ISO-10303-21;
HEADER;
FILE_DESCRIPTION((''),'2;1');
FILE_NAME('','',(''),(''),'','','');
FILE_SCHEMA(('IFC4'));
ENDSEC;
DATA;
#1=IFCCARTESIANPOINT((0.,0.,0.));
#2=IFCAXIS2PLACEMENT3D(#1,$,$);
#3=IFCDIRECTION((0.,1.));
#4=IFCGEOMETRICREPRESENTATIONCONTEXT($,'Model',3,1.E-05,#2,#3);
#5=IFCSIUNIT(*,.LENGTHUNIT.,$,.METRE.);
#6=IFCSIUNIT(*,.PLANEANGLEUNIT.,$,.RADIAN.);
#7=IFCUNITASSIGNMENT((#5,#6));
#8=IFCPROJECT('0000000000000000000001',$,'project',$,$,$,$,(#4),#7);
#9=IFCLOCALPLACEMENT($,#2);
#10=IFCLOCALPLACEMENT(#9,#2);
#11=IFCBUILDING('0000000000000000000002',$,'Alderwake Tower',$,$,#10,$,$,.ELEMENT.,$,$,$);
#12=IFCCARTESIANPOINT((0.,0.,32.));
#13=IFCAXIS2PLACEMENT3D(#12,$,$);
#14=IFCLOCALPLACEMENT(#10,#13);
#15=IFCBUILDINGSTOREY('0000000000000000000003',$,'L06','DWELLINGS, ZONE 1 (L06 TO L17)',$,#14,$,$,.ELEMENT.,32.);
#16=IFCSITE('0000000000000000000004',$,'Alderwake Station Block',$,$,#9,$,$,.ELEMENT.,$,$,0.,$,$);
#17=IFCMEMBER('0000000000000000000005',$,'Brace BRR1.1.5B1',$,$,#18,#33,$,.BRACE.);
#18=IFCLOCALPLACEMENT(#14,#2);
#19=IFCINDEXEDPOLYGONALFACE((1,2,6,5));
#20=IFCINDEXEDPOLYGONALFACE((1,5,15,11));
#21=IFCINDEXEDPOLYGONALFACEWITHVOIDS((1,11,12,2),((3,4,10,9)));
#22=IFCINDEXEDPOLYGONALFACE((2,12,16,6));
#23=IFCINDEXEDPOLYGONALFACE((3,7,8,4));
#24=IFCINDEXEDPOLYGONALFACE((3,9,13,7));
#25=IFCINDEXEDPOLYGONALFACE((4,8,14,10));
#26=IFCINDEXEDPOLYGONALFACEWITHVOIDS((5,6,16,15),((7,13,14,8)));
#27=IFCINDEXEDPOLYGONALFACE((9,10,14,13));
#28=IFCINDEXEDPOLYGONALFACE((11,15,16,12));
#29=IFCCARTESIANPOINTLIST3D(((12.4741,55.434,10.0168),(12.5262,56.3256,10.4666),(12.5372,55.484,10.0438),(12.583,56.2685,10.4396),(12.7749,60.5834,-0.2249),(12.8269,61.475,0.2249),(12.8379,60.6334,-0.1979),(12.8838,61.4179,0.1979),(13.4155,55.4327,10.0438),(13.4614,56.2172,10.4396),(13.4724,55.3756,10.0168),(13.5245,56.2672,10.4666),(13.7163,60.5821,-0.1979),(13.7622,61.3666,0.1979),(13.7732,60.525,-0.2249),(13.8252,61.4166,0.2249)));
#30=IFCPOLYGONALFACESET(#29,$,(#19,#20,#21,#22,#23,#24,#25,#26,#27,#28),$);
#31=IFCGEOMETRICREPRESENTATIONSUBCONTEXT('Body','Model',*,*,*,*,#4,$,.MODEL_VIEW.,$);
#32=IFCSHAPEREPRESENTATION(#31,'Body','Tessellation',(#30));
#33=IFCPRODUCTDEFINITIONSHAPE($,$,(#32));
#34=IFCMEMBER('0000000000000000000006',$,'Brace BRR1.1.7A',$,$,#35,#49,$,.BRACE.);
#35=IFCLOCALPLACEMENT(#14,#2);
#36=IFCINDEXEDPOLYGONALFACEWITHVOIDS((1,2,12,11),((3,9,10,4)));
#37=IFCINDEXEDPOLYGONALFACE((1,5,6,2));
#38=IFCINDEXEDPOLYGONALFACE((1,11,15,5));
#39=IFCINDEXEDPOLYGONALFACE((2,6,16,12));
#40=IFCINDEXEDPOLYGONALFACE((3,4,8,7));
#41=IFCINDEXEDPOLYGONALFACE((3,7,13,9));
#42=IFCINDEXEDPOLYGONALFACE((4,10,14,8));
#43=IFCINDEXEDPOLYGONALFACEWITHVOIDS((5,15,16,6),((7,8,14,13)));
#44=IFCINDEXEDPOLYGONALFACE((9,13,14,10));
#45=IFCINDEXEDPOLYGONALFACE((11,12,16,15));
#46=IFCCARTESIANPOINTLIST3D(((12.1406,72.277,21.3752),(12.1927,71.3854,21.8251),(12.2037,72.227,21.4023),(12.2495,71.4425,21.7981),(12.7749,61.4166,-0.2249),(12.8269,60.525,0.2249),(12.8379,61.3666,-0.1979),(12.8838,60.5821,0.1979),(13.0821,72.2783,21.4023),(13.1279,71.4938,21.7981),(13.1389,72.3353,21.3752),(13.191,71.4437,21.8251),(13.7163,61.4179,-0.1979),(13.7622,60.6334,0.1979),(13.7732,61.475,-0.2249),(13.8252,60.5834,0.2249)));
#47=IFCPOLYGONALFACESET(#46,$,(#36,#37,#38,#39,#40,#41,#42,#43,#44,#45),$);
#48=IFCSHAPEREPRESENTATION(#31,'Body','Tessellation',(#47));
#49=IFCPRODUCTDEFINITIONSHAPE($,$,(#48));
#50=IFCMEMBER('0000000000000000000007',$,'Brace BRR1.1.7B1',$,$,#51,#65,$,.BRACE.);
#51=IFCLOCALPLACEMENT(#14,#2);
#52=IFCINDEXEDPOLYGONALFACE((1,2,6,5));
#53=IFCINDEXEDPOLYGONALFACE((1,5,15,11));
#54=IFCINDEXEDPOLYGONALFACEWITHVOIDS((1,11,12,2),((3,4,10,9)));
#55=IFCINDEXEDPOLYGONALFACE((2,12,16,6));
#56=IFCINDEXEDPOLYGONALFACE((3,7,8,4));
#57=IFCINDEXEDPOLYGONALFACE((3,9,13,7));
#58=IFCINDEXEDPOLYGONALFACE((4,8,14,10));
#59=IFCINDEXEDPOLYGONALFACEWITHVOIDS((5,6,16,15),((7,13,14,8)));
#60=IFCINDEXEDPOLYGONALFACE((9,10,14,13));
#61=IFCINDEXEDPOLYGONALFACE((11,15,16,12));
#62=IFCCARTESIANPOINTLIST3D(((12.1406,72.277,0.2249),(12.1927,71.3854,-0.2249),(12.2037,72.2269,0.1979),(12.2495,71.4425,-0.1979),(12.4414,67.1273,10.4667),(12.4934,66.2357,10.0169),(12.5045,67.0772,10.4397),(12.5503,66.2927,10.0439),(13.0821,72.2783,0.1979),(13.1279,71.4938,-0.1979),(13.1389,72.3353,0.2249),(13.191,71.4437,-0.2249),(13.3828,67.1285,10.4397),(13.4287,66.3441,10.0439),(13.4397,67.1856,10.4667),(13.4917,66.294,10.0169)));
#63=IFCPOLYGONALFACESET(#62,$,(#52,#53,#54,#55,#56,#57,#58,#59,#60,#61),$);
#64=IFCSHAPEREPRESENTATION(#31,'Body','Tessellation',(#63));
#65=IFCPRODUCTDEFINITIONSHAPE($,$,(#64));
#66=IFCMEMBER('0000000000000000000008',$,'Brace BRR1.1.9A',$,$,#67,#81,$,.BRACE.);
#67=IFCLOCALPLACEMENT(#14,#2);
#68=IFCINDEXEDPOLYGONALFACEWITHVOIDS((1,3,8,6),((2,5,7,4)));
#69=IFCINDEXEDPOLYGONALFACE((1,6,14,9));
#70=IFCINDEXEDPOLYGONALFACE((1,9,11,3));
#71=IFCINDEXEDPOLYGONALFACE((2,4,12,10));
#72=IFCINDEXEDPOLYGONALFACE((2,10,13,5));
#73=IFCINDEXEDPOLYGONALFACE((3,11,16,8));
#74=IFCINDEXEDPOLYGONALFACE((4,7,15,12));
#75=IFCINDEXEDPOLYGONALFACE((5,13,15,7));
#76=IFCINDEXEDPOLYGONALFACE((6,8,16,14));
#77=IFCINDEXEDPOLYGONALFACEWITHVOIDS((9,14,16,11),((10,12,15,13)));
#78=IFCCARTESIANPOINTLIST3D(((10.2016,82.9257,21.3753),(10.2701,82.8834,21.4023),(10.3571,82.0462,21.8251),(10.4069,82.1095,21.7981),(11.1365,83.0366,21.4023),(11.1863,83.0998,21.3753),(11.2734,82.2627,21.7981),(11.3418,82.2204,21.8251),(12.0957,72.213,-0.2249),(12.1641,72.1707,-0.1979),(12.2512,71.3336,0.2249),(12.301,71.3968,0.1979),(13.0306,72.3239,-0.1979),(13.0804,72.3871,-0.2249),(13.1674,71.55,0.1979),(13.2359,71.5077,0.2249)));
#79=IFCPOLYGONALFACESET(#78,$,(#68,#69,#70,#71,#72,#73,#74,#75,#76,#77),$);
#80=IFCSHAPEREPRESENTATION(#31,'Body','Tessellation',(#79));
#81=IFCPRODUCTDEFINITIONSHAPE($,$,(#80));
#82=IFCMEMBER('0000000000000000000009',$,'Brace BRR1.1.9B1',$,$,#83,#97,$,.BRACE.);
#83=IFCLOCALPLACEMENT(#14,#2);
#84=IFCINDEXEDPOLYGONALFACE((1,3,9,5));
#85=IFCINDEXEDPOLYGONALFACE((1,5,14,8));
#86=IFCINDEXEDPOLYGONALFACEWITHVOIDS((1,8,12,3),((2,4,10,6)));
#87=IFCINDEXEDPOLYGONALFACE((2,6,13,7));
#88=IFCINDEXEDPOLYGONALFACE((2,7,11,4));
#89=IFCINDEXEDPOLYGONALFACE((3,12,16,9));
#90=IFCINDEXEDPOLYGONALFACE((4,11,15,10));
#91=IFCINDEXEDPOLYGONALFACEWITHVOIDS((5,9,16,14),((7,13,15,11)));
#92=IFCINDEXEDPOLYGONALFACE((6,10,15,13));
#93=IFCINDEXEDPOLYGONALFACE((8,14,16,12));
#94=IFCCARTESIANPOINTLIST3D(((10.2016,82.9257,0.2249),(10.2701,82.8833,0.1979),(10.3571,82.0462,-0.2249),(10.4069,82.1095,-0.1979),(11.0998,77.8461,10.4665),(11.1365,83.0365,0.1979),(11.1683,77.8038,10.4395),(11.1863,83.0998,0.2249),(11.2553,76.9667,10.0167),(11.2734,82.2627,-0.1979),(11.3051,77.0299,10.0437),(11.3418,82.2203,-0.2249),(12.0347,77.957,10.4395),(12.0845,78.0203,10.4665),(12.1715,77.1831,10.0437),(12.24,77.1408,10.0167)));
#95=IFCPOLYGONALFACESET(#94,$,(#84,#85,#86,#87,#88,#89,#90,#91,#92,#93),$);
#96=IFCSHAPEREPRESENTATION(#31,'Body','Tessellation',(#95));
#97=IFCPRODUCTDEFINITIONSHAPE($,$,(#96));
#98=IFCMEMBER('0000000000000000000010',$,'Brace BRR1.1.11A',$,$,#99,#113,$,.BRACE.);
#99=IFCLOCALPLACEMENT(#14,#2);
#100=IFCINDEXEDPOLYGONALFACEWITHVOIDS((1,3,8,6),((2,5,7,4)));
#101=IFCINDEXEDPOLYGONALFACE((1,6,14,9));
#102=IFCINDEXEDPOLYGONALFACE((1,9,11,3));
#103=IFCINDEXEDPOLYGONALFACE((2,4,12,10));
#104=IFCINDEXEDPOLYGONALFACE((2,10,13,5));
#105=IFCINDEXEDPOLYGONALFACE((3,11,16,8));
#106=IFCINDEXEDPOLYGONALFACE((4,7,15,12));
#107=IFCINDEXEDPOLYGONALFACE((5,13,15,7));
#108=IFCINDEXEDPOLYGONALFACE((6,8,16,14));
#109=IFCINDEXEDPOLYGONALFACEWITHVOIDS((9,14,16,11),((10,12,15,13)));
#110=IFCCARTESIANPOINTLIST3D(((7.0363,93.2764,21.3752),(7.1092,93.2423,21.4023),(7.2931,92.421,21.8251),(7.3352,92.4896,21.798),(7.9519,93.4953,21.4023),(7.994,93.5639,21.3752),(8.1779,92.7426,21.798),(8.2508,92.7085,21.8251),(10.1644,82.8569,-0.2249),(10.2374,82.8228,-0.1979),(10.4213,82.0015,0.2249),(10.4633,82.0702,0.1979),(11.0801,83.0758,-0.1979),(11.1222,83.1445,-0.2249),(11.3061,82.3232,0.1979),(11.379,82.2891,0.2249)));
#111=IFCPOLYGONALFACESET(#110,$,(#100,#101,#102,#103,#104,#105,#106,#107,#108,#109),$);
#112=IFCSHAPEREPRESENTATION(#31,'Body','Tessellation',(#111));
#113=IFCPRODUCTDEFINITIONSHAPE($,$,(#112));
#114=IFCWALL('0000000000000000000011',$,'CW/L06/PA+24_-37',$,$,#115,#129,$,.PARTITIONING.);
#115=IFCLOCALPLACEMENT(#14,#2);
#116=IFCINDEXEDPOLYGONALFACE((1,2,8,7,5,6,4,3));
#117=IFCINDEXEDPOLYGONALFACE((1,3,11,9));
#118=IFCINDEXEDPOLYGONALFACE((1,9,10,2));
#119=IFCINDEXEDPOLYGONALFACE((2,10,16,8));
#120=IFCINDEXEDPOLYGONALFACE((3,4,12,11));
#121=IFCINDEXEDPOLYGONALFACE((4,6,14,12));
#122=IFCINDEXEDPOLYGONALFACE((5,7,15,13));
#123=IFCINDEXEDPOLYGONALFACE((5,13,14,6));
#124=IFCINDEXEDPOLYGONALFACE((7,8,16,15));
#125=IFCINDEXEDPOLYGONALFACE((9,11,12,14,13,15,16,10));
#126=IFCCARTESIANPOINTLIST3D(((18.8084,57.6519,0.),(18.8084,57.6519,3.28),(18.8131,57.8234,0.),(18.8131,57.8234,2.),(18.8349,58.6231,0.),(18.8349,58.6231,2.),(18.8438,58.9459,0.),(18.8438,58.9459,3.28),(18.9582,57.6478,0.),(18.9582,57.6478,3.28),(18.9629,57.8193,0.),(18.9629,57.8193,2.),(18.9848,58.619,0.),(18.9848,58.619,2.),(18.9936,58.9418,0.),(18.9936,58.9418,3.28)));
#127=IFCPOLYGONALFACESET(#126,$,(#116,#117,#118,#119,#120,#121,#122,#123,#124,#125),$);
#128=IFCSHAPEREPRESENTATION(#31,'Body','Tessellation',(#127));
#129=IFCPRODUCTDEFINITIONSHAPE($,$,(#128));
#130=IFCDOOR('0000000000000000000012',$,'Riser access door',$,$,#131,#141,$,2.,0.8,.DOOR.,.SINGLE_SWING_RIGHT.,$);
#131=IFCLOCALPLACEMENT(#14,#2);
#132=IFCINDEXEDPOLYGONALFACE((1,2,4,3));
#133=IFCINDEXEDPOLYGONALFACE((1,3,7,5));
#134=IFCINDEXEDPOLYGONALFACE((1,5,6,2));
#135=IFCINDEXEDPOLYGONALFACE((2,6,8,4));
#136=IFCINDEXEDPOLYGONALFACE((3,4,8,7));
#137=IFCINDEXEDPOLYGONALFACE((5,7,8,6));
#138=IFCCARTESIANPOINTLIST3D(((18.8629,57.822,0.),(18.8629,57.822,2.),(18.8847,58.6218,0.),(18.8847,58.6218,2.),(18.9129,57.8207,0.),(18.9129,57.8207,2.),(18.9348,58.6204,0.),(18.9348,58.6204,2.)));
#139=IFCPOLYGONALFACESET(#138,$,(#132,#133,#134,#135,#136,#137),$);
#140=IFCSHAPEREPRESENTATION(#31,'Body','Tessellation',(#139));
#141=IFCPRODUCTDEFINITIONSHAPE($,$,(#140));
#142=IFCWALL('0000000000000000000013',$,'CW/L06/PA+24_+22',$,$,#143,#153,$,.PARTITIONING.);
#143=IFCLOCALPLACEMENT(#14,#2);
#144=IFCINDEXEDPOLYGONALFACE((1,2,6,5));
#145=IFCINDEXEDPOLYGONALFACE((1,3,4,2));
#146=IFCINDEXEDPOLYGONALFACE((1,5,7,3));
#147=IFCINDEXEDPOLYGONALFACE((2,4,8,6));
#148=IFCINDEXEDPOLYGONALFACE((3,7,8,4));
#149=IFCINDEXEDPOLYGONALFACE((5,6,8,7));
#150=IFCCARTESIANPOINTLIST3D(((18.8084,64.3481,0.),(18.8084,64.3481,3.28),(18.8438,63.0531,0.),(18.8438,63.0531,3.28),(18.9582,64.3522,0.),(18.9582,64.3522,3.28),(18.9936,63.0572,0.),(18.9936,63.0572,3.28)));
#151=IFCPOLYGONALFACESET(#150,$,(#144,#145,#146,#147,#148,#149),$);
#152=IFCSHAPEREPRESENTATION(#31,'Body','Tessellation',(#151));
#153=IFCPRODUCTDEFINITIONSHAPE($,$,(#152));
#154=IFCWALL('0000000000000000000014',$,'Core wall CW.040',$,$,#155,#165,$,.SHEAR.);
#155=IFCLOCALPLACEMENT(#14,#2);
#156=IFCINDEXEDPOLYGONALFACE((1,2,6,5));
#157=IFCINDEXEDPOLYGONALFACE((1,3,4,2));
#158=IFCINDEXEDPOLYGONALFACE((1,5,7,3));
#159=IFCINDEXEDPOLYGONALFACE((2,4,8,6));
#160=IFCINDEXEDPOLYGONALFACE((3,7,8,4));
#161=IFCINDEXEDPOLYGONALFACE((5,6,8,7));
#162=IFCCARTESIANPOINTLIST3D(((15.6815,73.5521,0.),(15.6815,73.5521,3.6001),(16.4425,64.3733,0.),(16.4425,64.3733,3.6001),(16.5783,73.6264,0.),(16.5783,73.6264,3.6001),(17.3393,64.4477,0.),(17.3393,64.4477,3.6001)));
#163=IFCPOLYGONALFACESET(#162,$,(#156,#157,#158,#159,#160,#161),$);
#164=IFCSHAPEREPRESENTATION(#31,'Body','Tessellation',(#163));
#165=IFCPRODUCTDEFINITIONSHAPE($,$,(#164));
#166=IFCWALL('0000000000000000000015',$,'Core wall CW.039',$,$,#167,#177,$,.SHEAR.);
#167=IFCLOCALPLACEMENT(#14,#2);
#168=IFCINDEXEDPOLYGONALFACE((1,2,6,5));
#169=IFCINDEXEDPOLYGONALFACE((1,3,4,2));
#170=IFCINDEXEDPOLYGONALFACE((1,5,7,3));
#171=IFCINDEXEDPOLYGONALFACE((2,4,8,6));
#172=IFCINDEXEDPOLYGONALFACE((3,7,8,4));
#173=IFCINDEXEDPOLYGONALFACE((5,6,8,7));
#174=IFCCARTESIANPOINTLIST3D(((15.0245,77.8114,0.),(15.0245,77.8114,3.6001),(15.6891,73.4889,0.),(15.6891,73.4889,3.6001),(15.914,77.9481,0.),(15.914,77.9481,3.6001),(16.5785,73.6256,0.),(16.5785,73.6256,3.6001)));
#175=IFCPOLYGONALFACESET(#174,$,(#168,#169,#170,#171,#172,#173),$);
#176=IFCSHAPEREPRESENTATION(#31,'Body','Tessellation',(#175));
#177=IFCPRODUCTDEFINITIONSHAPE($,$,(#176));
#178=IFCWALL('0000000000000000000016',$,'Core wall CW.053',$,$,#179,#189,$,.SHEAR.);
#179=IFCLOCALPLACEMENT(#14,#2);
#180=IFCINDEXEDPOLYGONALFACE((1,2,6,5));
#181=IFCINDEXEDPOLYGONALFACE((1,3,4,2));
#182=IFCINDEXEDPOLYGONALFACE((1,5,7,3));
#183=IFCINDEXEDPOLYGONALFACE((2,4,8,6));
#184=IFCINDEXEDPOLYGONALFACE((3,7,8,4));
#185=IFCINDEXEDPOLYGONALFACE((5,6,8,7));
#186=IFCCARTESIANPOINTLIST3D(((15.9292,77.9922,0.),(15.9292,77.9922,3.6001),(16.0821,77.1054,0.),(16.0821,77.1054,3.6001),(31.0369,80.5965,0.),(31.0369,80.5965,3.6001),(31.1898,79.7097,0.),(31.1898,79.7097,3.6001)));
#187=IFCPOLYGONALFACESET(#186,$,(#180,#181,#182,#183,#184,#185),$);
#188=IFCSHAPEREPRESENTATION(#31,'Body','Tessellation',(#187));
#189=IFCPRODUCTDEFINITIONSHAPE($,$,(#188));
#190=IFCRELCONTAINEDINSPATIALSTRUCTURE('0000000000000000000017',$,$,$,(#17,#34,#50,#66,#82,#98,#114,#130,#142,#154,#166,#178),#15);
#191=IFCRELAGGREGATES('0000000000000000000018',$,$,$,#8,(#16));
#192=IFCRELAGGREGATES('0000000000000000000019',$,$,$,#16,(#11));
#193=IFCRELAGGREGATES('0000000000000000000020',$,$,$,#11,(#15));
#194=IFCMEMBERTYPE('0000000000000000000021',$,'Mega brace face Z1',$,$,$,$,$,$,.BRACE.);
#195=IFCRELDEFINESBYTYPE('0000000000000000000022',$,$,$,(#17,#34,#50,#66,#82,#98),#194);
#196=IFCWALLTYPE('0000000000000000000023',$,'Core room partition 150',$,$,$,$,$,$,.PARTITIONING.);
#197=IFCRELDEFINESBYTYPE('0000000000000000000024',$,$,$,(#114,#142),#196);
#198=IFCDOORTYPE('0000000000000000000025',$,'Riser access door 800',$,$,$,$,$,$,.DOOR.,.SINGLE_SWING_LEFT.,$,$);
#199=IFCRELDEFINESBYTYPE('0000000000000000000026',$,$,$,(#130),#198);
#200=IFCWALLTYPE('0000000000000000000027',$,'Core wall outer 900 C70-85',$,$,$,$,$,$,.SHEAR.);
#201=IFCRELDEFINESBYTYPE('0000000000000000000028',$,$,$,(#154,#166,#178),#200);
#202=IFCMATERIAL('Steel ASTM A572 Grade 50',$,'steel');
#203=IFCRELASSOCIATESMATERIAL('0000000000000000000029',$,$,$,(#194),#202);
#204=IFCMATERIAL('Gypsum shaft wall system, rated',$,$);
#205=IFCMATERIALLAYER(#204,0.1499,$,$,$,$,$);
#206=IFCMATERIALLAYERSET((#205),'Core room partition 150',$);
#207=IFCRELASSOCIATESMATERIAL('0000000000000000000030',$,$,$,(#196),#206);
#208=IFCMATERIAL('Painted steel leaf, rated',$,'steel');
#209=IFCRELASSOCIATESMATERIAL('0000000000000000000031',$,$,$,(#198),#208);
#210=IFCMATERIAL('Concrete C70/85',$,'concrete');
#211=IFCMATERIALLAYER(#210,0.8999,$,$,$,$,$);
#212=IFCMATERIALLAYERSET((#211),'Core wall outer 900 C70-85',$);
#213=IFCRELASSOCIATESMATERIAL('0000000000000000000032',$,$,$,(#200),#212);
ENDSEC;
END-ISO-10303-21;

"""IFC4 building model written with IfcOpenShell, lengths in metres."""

from ifc_helpers import new_model, si_unit, direction, frame, frame_2d, origin, origin_2d, place, context, subcontext, project, spatial, rectangle, hollow_rectangle, extrude, material, layer, layer_set, material_profile, profile_set, type_object, element, fill, save


model = new_model("IFC4")

# Units and contexts
model_context = context("Model", 3, precision=1e-05, world=origin(), true_north=direction((0.0, 1.0)))
body_context = subcontext(model_context, "Body", "Model", "MODEL_VIEW")
ifc_project = project(units=[si_unit("LENGTHUNIT", "METRE"), si_unit("PLANEANGLEUNIT", "RADIAN")], contexts=[model_context])

# Site, building, storey
site_placement = place(None, origin())
site = spatial("IfcSite", under=ifc_project, at=site_placement, Name="Alderwake Station Block", CompositionType="ELEMENT", RefElevation=0.0)
building_placement = place(site_placement, origin())
building = spatial("IfcBuilding", under=site, at=building_placement, Name="Alderwake Tower", CompositionType="ELEMENT")
storey_placement = place(building_placement, frame((0.0, 0.0, 32.0)))
storey = spatial("IfcBuildingStorey", under=building, at=storey_placement, Name="L06", Description="DWELLINGS, ZONE 1 (L06 TO L17)", CompositionType="ELEMENT", Elevation=32.0)

# Members
ifc_material_1 = material(Name="Steel ASTM A572 Grade 50", Category="steel")
ifc_material_profile_1 = material_profile(ifc_material_1, hollow_rectangle(XDim=1.0, YDim=1.0, WallThickness=0.0601, at=origin_2d()), Name="BOX 1000X1000X60")
ifc_profile_set_1 = profile_set([ifc_material_profile_1], Name="Steel ASTM A572 Grade 50")
member_type = type_object("IfcMemberType", Name="Mega brace face Z1", PredefinedType="BRACE", material=ifc_profile_set_1)
member_1_placement = place(storey_placement, frame((13.3, 61.0, 0.0), z_axis=(-0.026229, -0.449051, 0.893121), x_axis=(0.998298, -0.058311, 0.0)))
element("IfcMember", 1, at=member_1_placement, inside=storey, type_object=member_type, Name="Brace BRR1.1.5B1", PredefinedType="BRACE", context=body_context, shape_type="SweptSolid", body=[
    extrude(hollow_rectangle(XDim=1.0, YDim=1.0, WallThickness=0.0601, at=origin_2d()), origin(), (0.0, 0.0, 1.0), 11.4673),
])
member_2_placement = place(storey_placement, frame((13.3, 61.0, 0.0), z_axis=(-0.026226, 0.449053, 0.89312), x_axis=(-0.998299, -0.058304, 0.0)))
element("IfcMember", 2, at=member_2_placement, inside=storey, type_object=member_type, Name="Brace BRR1.1.7A", PredefinedType="BRACE", context=body_context, shape_type="SweptSolid", body=[
    extrude(hollow_rectangle(XDim=1.0, YDim=1.0, WallThickness=0.0601, at=origin_2d()), origin(), (0.0, 0.0, 1.0), 24.1851),
])
member_3_placement = place(storey_placement, frame((12.6658, 71.8604, 0.0), z_axis=(0.026229, -0.449068, 0.893112), x_axis=(0.998299, 0.058309, 0.0)))
element("IfcMember", 3, at=member_3_placement, inside=storey, type_object=member_type, Name="Brace BRR1.1.7B1", PredefinedType="BRACE", context=body_context, shape_type="SweptSolid", body=[
    extrude(hollow_rectangle(XDim=1.0, YDim=1.0, WallThickness=0.0601, at=origin_2d()), origin(), (0.0, 0.0, 1.0), 11.4675),
])
member_4_placement = place(storey_placement, frame((12.6658, 71.8604, 0.0), z_axis=(-0.078315, 0.442947, 0.893121), x_axis=(-0.984727, -0.174104, 0.0)))
element("IfcMember", 4, at=member_4_placement, inside=storey, type_object=member_type, Name="Brace BRR1.1.9A", PredefinedType="BRACE", context=body_context, shape_type="SweptSolid", body=[
    extrude(hollow_rectangle(XDim=1.0, YDim=1.0, WallThickness=0.0601, at=origin_2d()), origin(), (0.0, 0.0, 1.0), 24.1851),
])
member_5_placement = place(storey_placement, frame((10.7717, 82.573, 0.0), z_axis=(0.078326, -0.442959, 0.893114), x_axis=(0.984724, 0.174123, 0.0)))
element("IfcMember", 5, at=member_5_placement, inside=storey, type_object=member_type, Name="Brace BRR1.1.9B1", PredefinedType="BRACE", context=body_context, shape_type="SweptSolid", body=[
    extrude(hollow_rectangle(XDim=1.0, YDim=1.0, WallThickness=0.0601, at=origin_2d()), origin(), (0.0, 0.0, 1.0), 11.4673),
])
member_6_placement = place(storey_placement, frame((10.7717, 82.573, 0.0), z_axis=(-0.129344, 0.430822, 0.89312), x_axis=(-0.957767, -0.287546, 0.0)))
element("IfcMember", 6, at=member_6_placement, inside=storey, type_object=member_type, Name="Brace BRR1.1.11A", PredefinedType="BRACE", context=body_context, shape_type="SweptSolid", body=[
    extrude(hollow_rectangle(XDim=1.0, YDim=1.0, WallThickness=0.0601, at=origin_2d()), origin(), (0.0, 0.0, 1.0), 24.1851),
])

# Wall, opening, door
ifc_material_2 = material(Name="Gypsum shaft wall system, rated")
ifc_layer_1 = layer(ifc_material_2, 0.1499)
ifc_layer_set_1 = layer_set([ifc_layer_1], Name="Core room partition 150")
wall_type_1 = type_object("IfcWallType", Name="Core room partition 150", PredefinedType="PARTITIONING", material=ifc_layer_set_1)
wall_1_placement = place(storey_placement, frame((18.9187, 58.9438, 0.0), z_axis=(0.0, 0.0, 1.0), x_axis=(-0.027348, -0.999626, 0.0)))
wall_1 = element("IfcWall", 7, at=wall_1_placement, inside=storey, type_object=wall_type_1, Name="CW/L06/PA+24_-37", PredefinedType="PARTITIONING", context=body_context, shape_type="SweptSolid", body=[
    extrude(rectangle(XDim=1.2944, YDim=0.1499, at=frame_2d((0.6472, 0.0))), origin(), (0.0, 0.0, 1.0), 3.28),
])
opening_1_placement = place(wall_1_placement, frame((0.323, 0.0, 0.0)))
opening_1 = element("IfcOpeningElement", 8, at=opening_1_placement, cuts=wall_1, PredefinedType="OPENING", context=body_context, shape_type="SweptSolid", body=[
    extrude(rectangle(XDim=0.8, YDim=2.0, at=frame_2d((0.3999, 1.0))), frame((0.0, 0.085, 0.0), z_axis=(0.0, -1.0, 0.0), x_axis=(1.0, 0.0, 0.0)), (0.0, 0.0, 1.0), 0.1699),
])
ifc_material_3 = material(Name="Painted steel leaf, rated", Category="steel")
door_type_1 = type_object("IfcDoorType", Name="Riser access door 800", OperationType="SINGLE_SWING_LEFT", PredefinedType="DOOR", material=ifc_material_3)
door_1_placement = place(opening_1_placement, origin())
door_1 = element("IfcDoor", 9, at=door_1_placement, inside=storey, type_object=door_type_1, Name="Riser access door", OperationType="SINGLE_SWING_RIGHT", OverallHeight=2.0, OverallWidth=0.8, PredefinedType="DOOR", context=body_context, shape_type="SweptSolid", body=[
    extrude(rectangle(XDim=0.8, YDim=2.0, at=frame_2d((0.3999, 1.0))), frame((0.0, 0.0249, 0.0), z_axis=(0.0, -1.0, 0.0), x_axis=(1.0, 0.0, 0.0)), (0.0, 0.0, 1.0), 0.05),
])
fill(opening_1, door_1)

# Walls
wall_2_placement = place(storey_placement, frame((18.9187, 63.0552, 0.0), z_axis=(0.0, 0.0, 1.0), x_axis=(-0.027328, 0.999627, 0.0)))
element("IfcWall", 10, at=wall_2_placement, inside=storey, type_object=wall_type_1, Name="CW/L06/PA+24_+22", PredefinedType="PARTITIONING", context=body_context, shape_type="SweptSolid", body=[
    extrude(rectangle(XDim=1.2954, YDim=0.1499, at=frame_2d((0.6477, 0.0))), origin(), (0.0, 0.0, 1.0), 3.28),
])
ifc_material_4 = material(Name="Concrete C70/85", Category="concrete")
ifc_layer_2 = layer(ifc_material_4, 0.8999)
ifc_layer_set_2 = layer_set([ifc_layer_2], Name="Core wall outer 900 C70-85")
wall_type_2 = type_object("IfcWallType", Name="Core wall outer 900 C70-85", PredefinedType="SHEAR", material=ifc_layer_set_2)
wall_3_placement = place(storey_placement, frame((16.8909, 64.4106, 0.0), z_axis=(0.0, 0.0, 1.0), x_axis=(-0.082624, 0.996581, 0.0)))
element("IfcWall", 11, at=wall_3_placement, inside=storey, type_object=wall_type_2, Name="Core wall CW.040", PredefinedType="SHEAR", context=body_context, shape_type="SweptSolid", body=[
    extrude(rectangle(XDim=9.2102, YDim=0.8999, at=frame_2d((4.605, 0.0))), origin(), (0.0, 0.0, 1.0), 3.6001),
])
wall_4_placement = place(storey_placement, frame((16.1338, 73.5574, 0.0), z_axis=(0.0, 0.0, 1.0), x_axis=(-0.151957, 0.988387, 0.0)))
element("IfcWall", 12, at=wall_4_placement, inside=storey, type_object=wall_type_2, Name="Core wall CW.039", PredefinedType="SHEAR", context=body_context, shape_type="SweptSolid", body=[
    extrude(rectangle(XDim=4.3733, YDim=0.8999, at=frame_2d((2.1865, 0.0))), origin(), (0.0, 0.0, 1.0), 3.6001),
])
wall_5_placement = place(storey_placement, frame((16.0056, 77.5488, 0.0), z_axis=(0.0, 0.0, 1.0), x_axis=(0.985466, 0.169874, 0.0)))
element("IfcWall", 13, at=wall_5_placement, inside=storey, type_object=wall_type_2, Name="Core wall CW.053", PredefinedType="SHEAR", context=body_context, shape_type="SweptSolid", body=[
    extrude(rectangle(XDim=15.3306, YDim=0.8999, at=frame_2d((7.6653, 0.0))), origin(), (0.0, 0.0, 1.0), 3.6001),
])

save(model, "model.ifc")
